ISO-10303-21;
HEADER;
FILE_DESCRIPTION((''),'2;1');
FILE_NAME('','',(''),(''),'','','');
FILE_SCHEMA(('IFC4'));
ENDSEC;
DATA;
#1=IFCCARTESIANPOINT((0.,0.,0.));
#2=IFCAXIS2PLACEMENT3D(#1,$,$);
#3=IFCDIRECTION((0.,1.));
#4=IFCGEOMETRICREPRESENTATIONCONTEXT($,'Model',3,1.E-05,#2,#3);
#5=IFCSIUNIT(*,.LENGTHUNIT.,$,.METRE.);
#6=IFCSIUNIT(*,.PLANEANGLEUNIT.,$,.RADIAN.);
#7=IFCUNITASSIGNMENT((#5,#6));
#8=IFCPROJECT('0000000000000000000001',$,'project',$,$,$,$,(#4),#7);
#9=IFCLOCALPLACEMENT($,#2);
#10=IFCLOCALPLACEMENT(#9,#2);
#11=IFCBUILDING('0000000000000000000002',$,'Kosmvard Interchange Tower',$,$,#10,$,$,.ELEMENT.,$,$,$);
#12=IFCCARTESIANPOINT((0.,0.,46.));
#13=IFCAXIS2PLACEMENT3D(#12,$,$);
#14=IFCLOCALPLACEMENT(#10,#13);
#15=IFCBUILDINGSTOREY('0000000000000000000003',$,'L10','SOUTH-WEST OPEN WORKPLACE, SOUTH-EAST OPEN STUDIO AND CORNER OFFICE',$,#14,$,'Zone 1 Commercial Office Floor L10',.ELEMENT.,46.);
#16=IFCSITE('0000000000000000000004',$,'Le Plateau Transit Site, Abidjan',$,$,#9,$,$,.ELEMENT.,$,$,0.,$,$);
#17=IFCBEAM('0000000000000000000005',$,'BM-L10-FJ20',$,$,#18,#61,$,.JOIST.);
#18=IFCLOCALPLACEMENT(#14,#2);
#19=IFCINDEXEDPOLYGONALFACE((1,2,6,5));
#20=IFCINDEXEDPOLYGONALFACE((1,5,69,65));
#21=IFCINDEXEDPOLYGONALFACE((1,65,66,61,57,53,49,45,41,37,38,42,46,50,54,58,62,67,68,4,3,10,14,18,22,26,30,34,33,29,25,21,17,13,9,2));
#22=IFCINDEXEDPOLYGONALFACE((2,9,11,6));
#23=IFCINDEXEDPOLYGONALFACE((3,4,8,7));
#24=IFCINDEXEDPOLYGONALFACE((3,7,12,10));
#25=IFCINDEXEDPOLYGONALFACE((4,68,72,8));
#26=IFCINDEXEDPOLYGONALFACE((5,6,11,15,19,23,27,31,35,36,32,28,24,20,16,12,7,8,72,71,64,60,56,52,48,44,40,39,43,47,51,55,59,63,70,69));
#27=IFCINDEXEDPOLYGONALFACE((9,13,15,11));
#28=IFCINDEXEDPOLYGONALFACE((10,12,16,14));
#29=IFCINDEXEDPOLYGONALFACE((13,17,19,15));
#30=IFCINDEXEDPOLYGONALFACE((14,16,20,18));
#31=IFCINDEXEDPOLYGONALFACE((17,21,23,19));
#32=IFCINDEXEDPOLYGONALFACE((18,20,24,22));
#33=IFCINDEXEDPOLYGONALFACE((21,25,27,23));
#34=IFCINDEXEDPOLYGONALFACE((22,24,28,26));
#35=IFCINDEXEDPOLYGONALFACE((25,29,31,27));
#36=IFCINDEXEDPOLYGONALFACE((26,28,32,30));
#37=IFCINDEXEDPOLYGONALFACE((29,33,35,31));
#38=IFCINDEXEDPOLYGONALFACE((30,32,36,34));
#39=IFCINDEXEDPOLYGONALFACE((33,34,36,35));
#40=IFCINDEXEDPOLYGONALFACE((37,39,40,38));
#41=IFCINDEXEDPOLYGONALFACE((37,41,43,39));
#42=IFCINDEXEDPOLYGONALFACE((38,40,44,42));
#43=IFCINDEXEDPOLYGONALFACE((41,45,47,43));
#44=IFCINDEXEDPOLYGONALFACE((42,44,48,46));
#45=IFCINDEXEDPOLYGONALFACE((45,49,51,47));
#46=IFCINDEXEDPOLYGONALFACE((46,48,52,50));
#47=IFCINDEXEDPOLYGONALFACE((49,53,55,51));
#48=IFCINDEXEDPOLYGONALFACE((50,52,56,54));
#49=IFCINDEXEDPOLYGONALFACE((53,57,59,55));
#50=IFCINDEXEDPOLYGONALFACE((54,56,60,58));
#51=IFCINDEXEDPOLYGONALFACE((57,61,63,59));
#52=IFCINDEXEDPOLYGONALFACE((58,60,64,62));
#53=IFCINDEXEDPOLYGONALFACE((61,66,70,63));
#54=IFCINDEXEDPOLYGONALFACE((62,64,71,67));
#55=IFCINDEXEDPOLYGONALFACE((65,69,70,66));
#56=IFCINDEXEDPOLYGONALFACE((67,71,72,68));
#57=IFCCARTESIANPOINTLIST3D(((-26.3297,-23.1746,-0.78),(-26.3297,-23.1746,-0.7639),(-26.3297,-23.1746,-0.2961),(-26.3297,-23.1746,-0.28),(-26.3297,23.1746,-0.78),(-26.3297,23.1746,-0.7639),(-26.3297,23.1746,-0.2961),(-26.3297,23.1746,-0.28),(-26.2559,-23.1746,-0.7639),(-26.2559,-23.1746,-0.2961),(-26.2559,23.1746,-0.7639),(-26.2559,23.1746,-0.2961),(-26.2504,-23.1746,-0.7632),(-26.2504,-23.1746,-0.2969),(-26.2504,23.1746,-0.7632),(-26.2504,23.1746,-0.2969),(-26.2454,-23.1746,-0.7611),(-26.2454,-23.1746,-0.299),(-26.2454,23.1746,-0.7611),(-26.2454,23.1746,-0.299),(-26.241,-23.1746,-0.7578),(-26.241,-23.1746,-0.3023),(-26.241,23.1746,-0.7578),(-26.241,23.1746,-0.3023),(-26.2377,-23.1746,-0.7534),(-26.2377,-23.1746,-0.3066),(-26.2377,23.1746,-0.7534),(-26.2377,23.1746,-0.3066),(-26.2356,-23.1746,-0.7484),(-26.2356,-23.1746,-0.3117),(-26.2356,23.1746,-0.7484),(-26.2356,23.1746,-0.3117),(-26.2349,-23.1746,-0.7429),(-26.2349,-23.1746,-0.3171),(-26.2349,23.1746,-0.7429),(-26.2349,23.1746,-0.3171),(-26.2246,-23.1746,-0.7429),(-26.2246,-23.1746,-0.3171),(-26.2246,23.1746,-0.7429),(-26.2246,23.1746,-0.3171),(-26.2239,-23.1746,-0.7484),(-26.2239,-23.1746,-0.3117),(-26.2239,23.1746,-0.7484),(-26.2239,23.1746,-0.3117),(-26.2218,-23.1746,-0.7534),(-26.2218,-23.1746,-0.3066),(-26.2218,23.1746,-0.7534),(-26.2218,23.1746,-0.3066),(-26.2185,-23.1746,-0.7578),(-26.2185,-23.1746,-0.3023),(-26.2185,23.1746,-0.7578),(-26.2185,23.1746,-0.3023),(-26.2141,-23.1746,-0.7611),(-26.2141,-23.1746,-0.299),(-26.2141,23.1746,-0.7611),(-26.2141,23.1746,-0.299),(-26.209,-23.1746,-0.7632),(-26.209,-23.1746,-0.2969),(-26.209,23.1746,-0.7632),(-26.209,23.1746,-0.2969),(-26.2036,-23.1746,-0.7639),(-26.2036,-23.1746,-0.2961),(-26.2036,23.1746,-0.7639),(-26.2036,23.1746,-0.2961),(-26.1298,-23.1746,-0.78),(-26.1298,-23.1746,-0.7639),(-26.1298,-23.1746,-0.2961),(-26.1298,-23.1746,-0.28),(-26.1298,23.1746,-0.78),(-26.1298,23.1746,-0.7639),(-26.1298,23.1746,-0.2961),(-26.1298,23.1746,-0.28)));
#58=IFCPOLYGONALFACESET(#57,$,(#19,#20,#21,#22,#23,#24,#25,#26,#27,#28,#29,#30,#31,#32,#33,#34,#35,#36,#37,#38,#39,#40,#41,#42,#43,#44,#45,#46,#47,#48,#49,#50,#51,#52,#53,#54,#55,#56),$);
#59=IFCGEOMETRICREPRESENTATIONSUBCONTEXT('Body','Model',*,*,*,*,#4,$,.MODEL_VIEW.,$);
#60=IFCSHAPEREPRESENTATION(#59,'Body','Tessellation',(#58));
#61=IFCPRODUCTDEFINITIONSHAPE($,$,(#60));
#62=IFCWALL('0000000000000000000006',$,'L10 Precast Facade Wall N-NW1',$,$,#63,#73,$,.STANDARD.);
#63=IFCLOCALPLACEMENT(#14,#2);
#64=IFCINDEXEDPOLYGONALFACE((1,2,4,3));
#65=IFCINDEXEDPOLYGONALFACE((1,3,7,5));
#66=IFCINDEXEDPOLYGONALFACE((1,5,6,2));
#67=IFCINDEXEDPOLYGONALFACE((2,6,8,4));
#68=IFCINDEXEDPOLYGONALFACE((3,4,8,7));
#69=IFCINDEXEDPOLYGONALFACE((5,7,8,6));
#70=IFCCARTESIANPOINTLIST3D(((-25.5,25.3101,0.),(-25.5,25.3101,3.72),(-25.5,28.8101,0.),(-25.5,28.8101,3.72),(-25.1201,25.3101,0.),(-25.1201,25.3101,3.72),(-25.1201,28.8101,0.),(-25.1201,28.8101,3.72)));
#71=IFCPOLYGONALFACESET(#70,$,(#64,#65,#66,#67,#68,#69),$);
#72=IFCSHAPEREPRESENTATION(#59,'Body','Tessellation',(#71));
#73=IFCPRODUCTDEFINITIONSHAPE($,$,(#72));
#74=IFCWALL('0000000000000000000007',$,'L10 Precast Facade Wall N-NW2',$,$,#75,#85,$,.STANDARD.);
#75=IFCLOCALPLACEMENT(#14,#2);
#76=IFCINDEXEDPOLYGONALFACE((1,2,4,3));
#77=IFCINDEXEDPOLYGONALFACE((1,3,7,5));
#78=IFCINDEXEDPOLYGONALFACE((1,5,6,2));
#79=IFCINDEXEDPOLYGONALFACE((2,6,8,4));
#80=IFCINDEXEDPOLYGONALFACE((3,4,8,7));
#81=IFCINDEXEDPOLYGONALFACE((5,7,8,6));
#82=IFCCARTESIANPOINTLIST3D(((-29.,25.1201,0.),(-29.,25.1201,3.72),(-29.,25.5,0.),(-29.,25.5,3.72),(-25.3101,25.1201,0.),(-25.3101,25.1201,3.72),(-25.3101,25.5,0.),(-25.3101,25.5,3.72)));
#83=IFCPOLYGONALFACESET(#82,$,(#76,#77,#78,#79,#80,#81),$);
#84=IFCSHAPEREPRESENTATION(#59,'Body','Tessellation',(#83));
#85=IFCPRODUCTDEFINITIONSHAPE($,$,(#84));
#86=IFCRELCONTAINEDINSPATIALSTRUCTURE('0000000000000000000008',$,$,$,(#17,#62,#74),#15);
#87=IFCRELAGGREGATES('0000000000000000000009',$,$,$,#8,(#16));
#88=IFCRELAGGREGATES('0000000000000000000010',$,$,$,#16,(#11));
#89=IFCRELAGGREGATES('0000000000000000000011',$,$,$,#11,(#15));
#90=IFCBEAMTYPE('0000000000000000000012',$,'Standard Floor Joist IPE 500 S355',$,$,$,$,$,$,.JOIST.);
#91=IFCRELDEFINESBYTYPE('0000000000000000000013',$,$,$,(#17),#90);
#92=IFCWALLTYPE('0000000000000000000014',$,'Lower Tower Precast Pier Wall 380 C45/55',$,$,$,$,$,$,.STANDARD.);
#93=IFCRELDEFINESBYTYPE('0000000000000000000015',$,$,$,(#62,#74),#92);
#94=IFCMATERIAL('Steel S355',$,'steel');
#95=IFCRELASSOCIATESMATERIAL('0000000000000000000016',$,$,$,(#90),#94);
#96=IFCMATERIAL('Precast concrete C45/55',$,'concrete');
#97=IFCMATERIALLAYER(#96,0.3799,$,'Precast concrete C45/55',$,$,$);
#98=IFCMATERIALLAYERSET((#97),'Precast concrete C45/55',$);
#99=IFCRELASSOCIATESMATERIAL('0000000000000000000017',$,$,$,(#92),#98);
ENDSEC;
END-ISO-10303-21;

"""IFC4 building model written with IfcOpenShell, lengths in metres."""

from ifc_helpers import new_model, si_unit, direction, frame, frame_2d, origin, origin_2d, place, context, subcontext, project, spatial, rectangle, i_section, extrude, source, transform, mapped, material, layer, layer_set, material_profile, profile_set, type_object, element, save


model = new_model("IFC4")

# Units and contexts
model_context = context("Model", 3, precision=1e-05, world=origin(), true_north=direction((0.0, 1.0)))
body_context = subcontext(model_context, "Body", "Model", "MODEL_VIEW")
ifc_project = project(units=[si_unit("LENGTHUNIT", "METRE"), si_unit("PLANEANGLEUNIT", "RADIAN")], contexts=[model_context])

# Site, building, storey
site_placement = place(None, origin())
site = spatial("IfcSite", under=ifc_project, at=site_placement, Name="Le Plateau Transit Site, Abidjan", CompositionType="ELEMENT", RefElevation=0.0)
building_placement = place(site_placement, origin())
building = spatial("IfcBuilding", under=site, at=building_placement, Name="Kosmvard Interchange Tower", CompositionType="ELEMENT")
storey_placement = place(building_placement, frame((0.0, 0.0, 46.0)))
storey = spatial("IfcBuildingStorey", under=building, at=storey_placement, Name="L10", Description="SOUTH-WEST OPEN WORKPLACE, SOUTH-EAST OPEN STUDIO AND CORNER OFFICE", LongName="Zone 1 Commercial Office Floor L10", CompositionType="ELEMENT", Elevation=46.0)

# Beam
ifc_material_1 = material(Name="Steel S355", Category="steel")
ifc_material_2 = material(Name="Precast concrete C45/55", Category="concrete")
ifc_material_profile_1 = material_profile(ifc_material_1, i_section(OverallWidth=0.2, OverallDepth=0.5, WebThickness=0.0103, FlangeThickness=0.0161, FilletRadius=0.021, at=origin_2d()), Name="IPE 500")
ifc_profile_set_1 = profile_set([ifc_material_profile_1], Name="Steel S355")
beam_type_1 = type_object("IfcBeamType", Name="Standard Floor Joist IPE 500 S355", PredefinedType="JOIST", material=ifc_profile_set_1)
shared_shape_1 = source(origin(), body_context, "Body", "SweptSolid", [
    extrude(i_section(OverallWidth=0.2, OverallDepth=0.5, WebThickness=0.0103, FlangeThickness=0.0161, FilletRadius=0.021, at=origin_2d()), origin(), (0.0, 0.0, 1.0), 46.3491),
])
beam_1_placement = place(storey_placement, frame((-26.2297, 23.1746, -0.53), z_axis=(0.0, -1.0, 0.0), x_axis=(1.0, 0.0, 0.0)))
element("IfcBeam", 1, at=beam_1_placement, inside=storey, type_object=beam_type_1, Name="BM-L10-FJ20", PredefinedType="JOIST", context=body_context, shape_type="MappedRepresentation", body=[
    mapped(shared_shape_1, transform((0.0, 0.0, 0.0), scale=1.0)),
])

# Walls
ifc_layer_1 = layer(ifc_material_2, 0.3799, Name="Precast concrete C45/55")
ifc_layer_set_1 = layer_set([ifc_layer_1], Name="Precast concrete C45/55")
wall_type = type_object("IfcWallType", Name="Lower Tower Precast Pier Wall 380 C45/55", PredefinedType="STANDARD", material=ifc_layer_set_1)
wall_1_placement = place(storey_placement, frame((-25.3101, 28.8101, 0.0), z_axis=(0.0, 0.0, 1.0), x_axis=(0.0, -1.0, 0.0)))
element("IfcWall", 2, at=wall_1_placement, inside=storey, type_object=wall_type, Name="L10 Precast Facade Wall N-NW1", PredefinedType="STANDARD", context=body_context, shape_type="SweptSolid", body=[
    extrude(rectangle(XDim=3.5, YDim=0.3799, at=frame_2d((1.75, 0.0))), origin(), (0.0, 0.0, 1.0), 3.72),
])
wall_2_placement = place(storey_placement, frame((-25.3101, 25.3101, 0.0), z_axis=(0.0, 0.0, 1.0), x_axis=(-1.0, 0.0, 0.0)))
element("IfcWall", 3, at=wall_2_placement, inside=storey, type_object=wall_type, Name="L10 Precast Facade Wall N-NW2", PredefinedType="STANDARD", context=body_context, shape_type="SweptSolid", body=[
    extrude(rectangle(XDim=3.6899, YDim=0.3799, at=frame_2d((1.845, 0.0))), origin(), (0.0, 0.0, 1.0), 3.72),
])

save(model, "model.ifc")
